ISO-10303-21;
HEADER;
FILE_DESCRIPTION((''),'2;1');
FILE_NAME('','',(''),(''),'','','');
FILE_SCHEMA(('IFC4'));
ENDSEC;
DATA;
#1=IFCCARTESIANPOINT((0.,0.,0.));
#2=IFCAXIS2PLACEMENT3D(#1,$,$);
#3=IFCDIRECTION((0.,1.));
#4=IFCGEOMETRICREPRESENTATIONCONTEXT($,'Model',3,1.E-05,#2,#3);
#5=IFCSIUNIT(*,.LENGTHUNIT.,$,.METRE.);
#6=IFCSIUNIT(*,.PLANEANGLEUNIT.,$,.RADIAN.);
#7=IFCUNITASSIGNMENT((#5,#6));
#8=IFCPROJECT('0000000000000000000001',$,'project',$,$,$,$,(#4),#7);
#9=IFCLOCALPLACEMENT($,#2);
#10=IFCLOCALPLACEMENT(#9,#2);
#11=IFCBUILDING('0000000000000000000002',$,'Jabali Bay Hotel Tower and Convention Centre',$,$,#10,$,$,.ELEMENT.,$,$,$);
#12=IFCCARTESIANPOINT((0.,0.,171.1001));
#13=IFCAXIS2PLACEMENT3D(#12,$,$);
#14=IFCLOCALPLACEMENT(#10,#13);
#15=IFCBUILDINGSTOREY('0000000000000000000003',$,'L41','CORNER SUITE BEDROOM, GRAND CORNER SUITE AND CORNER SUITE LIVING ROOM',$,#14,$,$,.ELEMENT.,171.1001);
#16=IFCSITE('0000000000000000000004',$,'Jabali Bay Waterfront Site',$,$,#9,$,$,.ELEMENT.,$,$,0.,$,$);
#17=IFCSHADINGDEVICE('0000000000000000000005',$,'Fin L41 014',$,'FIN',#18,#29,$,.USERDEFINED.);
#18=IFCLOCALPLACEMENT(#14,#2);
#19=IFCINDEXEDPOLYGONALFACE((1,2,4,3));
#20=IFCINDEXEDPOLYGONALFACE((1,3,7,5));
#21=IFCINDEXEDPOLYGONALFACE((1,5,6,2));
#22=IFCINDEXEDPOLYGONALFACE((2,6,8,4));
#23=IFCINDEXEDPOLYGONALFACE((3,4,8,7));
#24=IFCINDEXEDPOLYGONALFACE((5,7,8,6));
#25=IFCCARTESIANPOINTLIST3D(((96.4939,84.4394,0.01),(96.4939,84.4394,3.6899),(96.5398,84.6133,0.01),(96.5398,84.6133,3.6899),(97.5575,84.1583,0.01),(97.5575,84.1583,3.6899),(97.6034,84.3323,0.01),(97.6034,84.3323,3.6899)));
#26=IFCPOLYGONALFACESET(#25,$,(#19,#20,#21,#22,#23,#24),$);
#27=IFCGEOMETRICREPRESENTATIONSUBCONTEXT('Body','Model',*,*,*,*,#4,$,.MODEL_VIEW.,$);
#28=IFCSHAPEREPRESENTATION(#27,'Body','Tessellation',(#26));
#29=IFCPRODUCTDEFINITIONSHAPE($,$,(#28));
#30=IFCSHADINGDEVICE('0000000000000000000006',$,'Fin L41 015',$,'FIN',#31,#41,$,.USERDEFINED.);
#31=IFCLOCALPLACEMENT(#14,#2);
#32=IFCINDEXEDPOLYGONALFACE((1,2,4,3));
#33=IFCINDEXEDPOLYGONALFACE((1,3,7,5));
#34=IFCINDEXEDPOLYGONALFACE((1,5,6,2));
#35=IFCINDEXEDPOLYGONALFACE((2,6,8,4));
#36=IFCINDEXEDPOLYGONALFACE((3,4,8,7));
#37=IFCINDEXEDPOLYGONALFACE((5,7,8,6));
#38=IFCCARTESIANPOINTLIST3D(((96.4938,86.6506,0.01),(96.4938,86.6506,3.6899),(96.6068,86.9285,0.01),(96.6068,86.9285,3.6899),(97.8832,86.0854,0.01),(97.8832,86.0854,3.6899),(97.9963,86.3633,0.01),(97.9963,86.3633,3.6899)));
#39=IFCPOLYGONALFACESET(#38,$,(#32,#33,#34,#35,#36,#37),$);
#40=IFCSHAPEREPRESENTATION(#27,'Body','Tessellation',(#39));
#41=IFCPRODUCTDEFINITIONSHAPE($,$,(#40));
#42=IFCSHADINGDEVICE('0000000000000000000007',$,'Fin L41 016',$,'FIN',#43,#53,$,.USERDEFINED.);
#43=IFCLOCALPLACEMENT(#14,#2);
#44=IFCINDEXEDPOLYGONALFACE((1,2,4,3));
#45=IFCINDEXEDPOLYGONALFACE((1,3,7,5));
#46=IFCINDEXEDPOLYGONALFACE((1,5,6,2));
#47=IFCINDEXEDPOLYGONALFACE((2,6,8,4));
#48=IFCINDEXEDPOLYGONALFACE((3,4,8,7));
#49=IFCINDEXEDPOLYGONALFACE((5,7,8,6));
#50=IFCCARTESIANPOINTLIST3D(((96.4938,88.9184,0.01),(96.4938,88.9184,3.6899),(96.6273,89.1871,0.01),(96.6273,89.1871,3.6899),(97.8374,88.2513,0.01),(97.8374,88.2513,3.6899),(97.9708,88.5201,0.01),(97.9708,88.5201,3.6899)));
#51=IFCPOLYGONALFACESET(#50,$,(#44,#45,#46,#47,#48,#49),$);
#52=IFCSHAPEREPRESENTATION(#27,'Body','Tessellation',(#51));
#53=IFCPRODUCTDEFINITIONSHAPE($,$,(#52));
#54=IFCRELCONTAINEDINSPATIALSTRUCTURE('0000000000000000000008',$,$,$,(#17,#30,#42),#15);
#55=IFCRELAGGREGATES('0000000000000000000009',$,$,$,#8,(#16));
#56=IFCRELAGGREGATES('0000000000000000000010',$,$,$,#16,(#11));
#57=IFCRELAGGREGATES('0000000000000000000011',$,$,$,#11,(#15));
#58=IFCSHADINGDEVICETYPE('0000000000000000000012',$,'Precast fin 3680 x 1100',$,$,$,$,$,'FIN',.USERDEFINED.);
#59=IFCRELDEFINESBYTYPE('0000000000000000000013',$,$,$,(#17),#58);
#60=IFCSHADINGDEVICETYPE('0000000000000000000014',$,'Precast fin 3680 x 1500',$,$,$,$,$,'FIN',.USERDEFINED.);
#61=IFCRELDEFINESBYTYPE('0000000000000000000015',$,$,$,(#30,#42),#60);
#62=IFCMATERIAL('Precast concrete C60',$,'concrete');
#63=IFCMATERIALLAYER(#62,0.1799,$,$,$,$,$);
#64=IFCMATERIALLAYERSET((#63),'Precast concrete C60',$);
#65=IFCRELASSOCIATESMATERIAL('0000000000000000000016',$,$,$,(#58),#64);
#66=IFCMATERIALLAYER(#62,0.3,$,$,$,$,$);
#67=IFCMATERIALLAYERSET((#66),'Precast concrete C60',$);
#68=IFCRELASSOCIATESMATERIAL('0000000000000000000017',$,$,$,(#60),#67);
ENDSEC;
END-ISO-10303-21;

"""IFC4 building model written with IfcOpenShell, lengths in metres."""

from ifc_helpers import new_model, si_unit, direction, frame, frame_2d, origin, place, context, subcontext, project, spatial, rectangle, extrude, material, layer, layer_set, type_object, element, save


model = new_model("IFC4")

# Units and contexts
model_context = context("Model", 3, precision=1e-05, world=origin(), true_north=direction((0.0, 1.0)))
body_context = subcontext(model_context, "Body", "Model", "MODEL_VIEW")
ifc_project = project(units=[si_unit("LENGTHUNIT", "METRE"), si_unit("PLANEANGLEUNIT", "RADIAN")], contexts=[model_context])

# Site, building, storey
site_placement = place(None, origin())
site = spatial("IfcSite", under=ifc_project, at=site_placement, Name="Jabali Bay Waterfront Site", CompositionType="ELEMENT", RefElevation=0.0)
building_placement = place(site_placement, origin())
building = spatial("IfcBuilding", under=site, at=building_placement, Name="Jabali Bay Hotel Tower and Convention Centre", CompositionType="ELEMENT")
storey_placement = place(building_placement, frame((0.0, 0.0, 171.1001)))
storey = spatial("IfcBuildingStorey", under=building, at=storey_placement, Name="L41", Description="CORNER SUITE BEDROOM, GRAND CORNER SUITE AND CORNER SUITE LIVING ROOM", CompositionType="ELEMENT", Elevation=171.1001)

# Shading devices
ifc_material_1 = material(Name="Precast concrete C60", Category="concrete")
ifc_layer_1 = layer(ifc_material_1, 0.1799)
ifc_layer_set_1 = layer_set([ifc_layer_1], Name="Precast concrete C60")
shading_device_type_1 = type_object("IfcShadingDeviceType", Name="Precast fin 3680 x 1100", ElementType="FIN", PredefinedType="USERDEFINED", material=ifc_layer_set_1)
shading_device_1_placement = place(storey_placement, frame((96.5168, 84.5264, 0.01), z_axis=(0.0, 0.0, 1.0), x_axis=(0.966818, -0.255465, 0.0)))
element("IfcShadingDevice", 1, at=shading_device_1_placement, inside=storey, type_object=shading_device_type_1, Name="Fin L41 014", ObjectType="FIN", PredefinedType="USERDEFINED", context=body_context, shape_type="SweptSolid", body=[
    extrude(rectangle(XDim=1.1001, YDim=0.1799, at=frame_2d((0.55, 0.0))), origin(), (0.0, 0.0, 1.0), 3.6799),
])
ifc_layer_2 = layer(ifc_material_1, 0.3)
ifc_layer_set_2 = layer_set([ifc_layer_2], Name="Precast concrete C60")
shading_device_type_2 = type_object("IfcShadingDeviceType", Name="Precast fin 3680 x 1500", ElementType="FIN", PredefinedType="USERDEFINED", material=ifc_layer_set_2)
for number, where, z_axis, x_axis, name in (
    (2, (96.5503, 86.7896, 0.01), (0.0, 0.0, 1.0), (0.926294, -0.3768, 0.0), "Fin L41 015"),
    (3, (96.5605, 89.0527, 0.01), (0.0, 0.0, 1.0), (0.895693, -0.444673, 0.0), "Fin L41 016"),
):
    element("IfcShadingDevice", number, at=place(storey_placement, frame(where, z_axis=z_axis, x_axis=x_axis)), inside=storey, type_object=shading_device_type_2, Name=name, ObjectType="FIN", PredefinedType="USERDEFINED", context=body_context, shape_type="SweptSolid", body=[
        extrude(rectangle(XDim=1.5, YDim=0.3, at=frame_2d((0.75, 0.0))), origin(), (0.0, 0.0, 1.0), 3.6799),
    ])

save(model, "model.ifc")
